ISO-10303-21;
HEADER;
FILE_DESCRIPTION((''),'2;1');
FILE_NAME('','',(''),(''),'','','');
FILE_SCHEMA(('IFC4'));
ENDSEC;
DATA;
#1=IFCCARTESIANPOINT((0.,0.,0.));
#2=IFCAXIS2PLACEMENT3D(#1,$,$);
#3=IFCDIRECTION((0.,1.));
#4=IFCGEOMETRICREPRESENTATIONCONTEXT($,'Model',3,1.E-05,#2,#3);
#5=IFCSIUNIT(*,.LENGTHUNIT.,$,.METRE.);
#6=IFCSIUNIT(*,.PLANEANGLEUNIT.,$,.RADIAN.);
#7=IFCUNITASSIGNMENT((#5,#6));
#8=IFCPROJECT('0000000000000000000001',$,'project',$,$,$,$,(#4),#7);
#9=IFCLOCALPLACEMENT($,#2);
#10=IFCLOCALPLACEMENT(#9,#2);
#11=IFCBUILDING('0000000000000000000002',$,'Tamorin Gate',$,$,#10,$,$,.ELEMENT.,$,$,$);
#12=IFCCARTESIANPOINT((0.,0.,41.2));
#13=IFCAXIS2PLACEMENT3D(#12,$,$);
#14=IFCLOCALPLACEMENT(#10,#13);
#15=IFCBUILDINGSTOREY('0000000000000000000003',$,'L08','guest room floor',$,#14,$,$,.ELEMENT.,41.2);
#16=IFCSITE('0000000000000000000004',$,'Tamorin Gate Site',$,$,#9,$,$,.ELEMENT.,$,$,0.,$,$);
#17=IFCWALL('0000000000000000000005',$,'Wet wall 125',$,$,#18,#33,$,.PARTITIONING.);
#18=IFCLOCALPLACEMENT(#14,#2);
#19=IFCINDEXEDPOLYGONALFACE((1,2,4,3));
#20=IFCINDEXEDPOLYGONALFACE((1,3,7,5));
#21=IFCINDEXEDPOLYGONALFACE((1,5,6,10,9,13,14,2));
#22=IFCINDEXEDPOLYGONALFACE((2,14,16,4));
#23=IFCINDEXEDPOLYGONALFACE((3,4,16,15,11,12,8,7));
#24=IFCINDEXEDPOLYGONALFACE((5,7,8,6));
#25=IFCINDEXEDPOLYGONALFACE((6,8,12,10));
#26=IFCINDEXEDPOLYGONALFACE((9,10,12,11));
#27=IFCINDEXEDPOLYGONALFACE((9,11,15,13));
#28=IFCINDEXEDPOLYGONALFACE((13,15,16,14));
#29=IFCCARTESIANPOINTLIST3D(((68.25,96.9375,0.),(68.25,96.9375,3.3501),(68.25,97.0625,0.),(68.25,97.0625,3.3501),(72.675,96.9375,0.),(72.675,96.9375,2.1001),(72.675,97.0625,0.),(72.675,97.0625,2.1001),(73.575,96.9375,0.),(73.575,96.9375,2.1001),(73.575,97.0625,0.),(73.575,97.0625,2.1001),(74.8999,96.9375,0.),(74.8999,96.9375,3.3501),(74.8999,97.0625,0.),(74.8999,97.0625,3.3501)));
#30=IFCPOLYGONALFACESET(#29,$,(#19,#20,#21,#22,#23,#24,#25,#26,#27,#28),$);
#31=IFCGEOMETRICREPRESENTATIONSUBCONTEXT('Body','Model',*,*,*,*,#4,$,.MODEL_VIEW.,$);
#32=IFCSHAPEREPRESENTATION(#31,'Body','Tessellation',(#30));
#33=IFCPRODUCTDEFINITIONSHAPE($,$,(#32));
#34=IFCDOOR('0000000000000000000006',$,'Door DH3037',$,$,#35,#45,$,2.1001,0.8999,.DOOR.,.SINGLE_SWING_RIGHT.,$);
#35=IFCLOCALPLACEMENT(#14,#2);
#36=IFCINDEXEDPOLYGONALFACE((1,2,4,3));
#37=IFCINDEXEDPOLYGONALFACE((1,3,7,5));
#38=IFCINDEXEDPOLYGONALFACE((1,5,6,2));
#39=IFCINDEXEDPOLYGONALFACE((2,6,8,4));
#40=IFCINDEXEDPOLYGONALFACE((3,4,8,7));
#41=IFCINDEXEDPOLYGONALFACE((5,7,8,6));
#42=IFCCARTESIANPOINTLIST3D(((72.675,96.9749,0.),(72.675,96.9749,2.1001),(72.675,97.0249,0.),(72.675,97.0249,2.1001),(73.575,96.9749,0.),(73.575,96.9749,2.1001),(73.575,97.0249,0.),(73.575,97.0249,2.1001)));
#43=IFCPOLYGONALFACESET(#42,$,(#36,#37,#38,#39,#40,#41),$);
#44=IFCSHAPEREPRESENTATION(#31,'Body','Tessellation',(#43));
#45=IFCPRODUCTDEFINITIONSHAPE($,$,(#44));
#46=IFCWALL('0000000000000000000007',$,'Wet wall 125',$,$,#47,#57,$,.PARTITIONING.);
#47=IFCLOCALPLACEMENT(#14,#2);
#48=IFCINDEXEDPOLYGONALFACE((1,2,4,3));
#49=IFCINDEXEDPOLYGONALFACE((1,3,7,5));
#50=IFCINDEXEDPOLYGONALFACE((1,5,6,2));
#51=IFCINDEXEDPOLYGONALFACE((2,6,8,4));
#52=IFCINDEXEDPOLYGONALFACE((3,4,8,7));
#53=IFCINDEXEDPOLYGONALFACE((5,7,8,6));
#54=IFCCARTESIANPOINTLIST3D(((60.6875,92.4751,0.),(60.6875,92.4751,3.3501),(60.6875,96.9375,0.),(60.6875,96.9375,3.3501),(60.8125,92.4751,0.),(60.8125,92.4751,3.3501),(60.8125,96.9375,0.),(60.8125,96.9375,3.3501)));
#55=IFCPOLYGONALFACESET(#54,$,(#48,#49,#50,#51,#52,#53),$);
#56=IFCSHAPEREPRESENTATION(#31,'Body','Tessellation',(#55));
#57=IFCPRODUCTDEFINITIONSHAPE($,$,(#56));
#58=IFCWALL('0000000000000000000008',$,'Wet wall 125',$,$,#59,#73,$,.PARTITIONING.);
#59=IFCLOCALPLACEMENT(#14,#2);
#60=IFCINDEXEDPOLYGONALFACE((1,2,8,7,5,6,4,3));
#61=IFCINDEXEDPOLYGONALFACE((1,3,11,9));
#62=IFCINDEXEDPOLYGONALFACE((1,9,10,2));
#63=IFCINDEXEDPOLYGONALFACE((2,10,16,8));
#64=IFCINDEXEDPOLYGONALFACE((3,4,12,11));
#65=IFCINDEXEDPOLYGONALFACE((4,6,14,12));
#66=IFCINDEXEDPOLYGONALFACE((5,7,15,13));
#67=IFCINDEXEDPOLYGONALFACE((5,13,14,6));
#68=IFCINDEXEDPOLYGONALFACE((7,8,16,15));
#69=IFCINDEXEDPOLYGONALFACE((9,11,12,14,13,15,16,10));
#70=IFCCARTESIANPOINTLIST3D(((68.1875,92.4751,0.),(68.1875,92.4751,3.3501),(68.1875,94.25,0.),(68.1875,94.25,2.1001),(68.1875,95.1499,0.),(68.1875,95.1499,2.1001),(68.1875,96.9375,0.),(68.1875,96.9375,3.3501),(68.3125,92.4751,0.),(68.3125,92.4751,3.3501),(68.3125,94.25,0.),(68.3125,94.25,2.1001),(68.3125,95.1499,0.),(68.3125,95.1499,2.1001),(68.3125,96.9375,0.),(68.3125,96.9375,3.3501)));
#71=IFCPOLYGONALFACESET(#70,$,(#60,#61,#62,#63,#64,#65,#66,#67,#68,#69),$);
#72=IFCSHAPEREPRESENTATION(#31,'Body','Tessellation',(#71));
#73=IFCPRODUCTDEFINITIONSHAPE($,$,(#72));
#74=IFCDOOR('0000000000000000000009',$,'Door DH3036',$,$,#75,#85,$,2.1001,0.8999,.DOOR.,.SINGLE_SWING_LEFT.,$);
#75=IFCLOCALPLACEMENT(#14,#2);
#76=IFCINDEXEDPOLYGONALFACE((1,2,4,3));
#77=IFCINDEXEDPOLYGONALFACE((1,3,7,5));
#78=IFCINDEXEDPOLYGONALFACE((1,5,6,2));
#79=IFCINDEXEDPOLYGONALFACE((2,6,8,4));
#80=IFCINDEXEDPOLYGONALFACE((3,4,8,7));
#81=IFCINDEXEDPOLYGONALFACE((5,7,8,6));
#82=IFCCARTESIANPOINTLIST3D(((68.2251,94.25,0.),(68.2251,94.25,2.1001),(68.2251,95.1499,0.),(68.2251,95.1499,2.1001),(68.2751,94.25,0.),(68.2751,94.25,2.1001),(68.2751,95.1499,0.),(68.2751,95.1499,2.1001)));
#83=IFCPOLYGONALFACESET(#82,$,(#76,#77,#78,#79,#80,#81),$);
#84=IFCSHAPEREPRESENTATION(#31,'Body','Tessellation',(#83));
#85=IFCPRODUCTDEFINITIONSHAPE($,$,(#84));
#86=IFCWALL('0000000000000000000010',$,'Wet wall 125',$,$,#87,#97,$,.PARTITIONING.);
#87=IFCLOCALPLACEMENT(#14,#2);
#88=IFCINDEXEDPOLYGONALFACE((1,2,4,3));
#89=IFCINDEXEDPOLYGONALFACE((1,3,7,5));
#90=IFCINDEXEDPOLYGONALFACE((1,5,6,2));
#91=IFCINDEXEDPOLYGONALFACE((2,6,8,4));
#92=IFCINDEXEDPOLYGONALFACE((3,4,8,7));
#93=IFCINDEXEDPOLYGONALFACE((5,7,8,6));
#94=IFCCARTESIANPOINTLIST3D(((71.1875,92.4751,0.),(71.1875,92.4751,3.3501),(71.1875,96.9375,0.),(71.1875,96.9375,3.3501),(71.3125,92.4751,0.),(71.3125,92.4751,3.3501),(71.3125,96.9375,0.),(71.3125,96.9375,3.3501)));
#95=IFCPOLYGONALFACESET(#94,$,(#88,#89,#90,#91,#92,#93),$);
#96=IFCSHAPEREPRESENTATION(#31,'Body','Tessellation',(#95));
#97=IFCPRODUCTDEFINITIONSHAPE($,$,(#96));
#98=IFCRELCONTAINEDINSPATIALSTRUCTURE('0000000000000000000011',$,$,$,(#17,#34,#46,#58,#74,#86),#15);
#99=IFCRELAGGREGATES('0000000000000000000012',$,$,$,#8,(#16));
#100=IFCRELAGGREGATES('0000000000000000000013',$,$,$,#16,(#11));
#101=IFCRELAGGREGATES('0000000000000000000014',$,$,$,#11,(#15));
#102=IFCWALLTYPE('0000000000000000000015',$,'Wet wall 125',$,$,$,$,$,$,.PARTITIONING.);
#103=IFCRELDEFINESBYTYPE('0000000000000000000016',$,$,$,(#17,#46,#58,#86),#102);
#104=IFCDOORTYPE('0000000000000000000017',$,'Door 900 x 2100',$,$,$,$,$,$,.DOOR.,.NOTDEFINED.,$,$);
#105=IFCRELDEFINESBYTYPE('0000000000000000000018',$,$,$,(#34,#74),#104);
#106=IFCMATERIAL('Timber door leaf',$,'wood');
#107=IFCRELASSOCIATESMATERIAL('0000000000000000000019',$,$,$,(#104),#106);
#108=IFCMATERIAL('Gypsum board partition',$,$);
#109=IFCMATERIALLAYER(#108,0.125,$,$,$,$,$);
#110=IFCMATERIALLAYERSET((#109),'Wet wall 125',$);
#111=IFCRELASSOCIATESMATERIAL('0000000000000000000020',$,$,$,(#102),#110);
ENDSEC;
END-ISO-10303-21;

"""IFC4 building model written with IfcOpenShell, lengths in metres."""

from ifc_helpers import new_model, si_unit, direction, frame, frame_2d, origin, place, context, subcontext, project, spatial, rectangle, extrude, material, layer, layer_set, type_object, element, fill, save


model = new_model("IFC4")

# Units and contexts
model_context = context("Model", 3, precision=1e-05, world=origin(), true_north=direction((0.0, 1.0)))
body_context = subcontext(model_context, "Body", "Model", "MODEL_VIEW")
ifc_project = project(units=[si_unit("LENGTHUNIT", "METRE"), si_unit("PLANEANGLEUNIT", "RADIAN")], contexts=[model_context])

# Site, building, storey
site_placement = place(None, origin())
site = spatial("IfcSite", under=ifc_project, at=site_placement, Name="Tamorin Gate Site", CompositionType="ELEMENT", RefElevation=0.0)
building_placement = place(site_placement, origin())
building = spatial("IfcBuilding", under=site, at=building_placement, Name="Tamorin Gate", CompositionType="ELEMENT")
storey_placement = place(building_placement, frame((0.0, 0.0, 41.2)))
storey = spatial("IfcBuildingStorey", under=building, at=storey_placement, Name="L08", Description="guest room floor", CompositionType="ELEMENT", Elevation=41.2)

# Shared definitions
ifc_material_1 = material(Name="Gypsum board partition")

# Shared definitions
ifc_material_2 = material(Name="Timber door leaf", Category="wood")
door_type = type_object("IfcDoorType", Name="Door 900 x 2100", OperationType="NOTDEFINED", PredefinedType="DOOR", material=ifc_material_2)

# Wall, opening, door
ifc_layer_1 = layer(ifc_material_1, 0.125)
ifc_layer_set_1 = layer_set([ifc_layer_1], Name="Wet wall 125")
wall_type_1 = type_object("IfcWallType", Name="Wet wall 125", PredefinedType="PARTITIONING", material=ifc_layer_set_1)
wall_1_placement = place(storey_placement, frame((68.25, 97.0, 0.0), z_axis=(0.0, 0.0, 1.0), x_axis=(1.0, 0.0, 0.0)))
wall_1 = element("IfcWall", 1, at=wall_1_placement, inside=storey, type_object=wall_type_1, Name="Wet wall 125", PredefinedType="PARTITIONING", context=body_context, shape_type="SweptSolid", body=[
    extrude(rectangle(XDim=6.6499, YDim=0.125, at=frame_2d((3.325, 0.0))), origin(), (0.0, 0.0, 1.0), 3.3501),
])
opening_1_placement = place(wall_1_placement, frame((4.425, 0.0, 0.0)))
opening_1 = element("IfcOpeningElement", 2, at=opening_1_placement, cuts=wall_1, PredefinedType="OPENING", context=body_context, shape_type="SweptSolid", body=[
    extrude(rectangle(XDim=0.8999, YDim=2.1001, at=frame_2d((0.45, 1.05))), frame((0.0, 0.0725, 0.0), z_axis=(0.0, -1.0, 0.0), x_axis=(1.0, 0.0, 0.0)), (0.0, 0.0, 1.0), 0.145),
])
door_1_placement = place(opening_1_placement, origin())
door_1 = element("IfcDoor", 3, at=door_1_placement, inside=storey, type_object=door_type, Name="Door DH3037", OperationType="SINGLE_SWING_RIGHT", OverallHeight=2.1001, OverallWidth=0.8999, PredefinedType="DOOR", context=body_context, shape_type="SweptSolid", body=[
    extrude(rectangle(XDim=0.8999, YDim=2.1001, at=frame_2d((0.45, 1.05))), frame((0.0, 0.0249, 0.0), z_axis=(0.0, -1.0, 0.0), x_axis=(1.0, 0.0, 0.0)), (0.0, 0.0, 1.0), 0.05),
])
fill(opening_1, door_1)

# Wall
wall_2_placement = place(storey_placement, frame((60.75, 92.4751, 0.0), z_axis=(0.0, 0.0, 1.0), x_axis=(0.0, 1.0, 0.0)))
element("IfcWall", 4, at=wall_2_placement, inside=storey, type_object=wall_type_1, Name="Wet wall 125", PredefinedType="PARTITIONING", context=body_context, shape_type="SweptSolid", body=[
    extrude(rectangle(XDim=4.4624, YDim=0.125, at=frame_2d((2.2312, 0.0))), origin(), (0.0, 0.0, 1.0), 3.3501),
])

# Wall, opening, door
wall_3_placement = place(storey_placement, frame((68.25, 92.4751, 0.0), z_axis=(0.0, 0.0, 1.0), x_axis=(0.0, 1.0, 0.0)))
wall_3 = element("IfcWall", 5, at=wall_3_placement, inside=storey, type_object=wall_type_1, Name="Wet wall 125", PredefinedType="PARTITIONING", context=body_context, shape_type="SweptSolid", body=[
    extrude(rectangle(XDim=4.4624, YDim=0.125, at=frame_2d((2.2312, 0.0))), origin(), (0.0, 0.0, 1.0), 3.3501),
])
opening_2_placement = place(wall_3_placement, frame((1.7749, 0.0, 0.0)))
opening_2 = element("IfcOpeningElement", 6, at=opening_2_placement, cuts=wall_3, PredefinedType="OPENING", context=body_context, shape_type="SweptSolid", body=[
    extrude(rectangle(XDim=0.8999, YDim=2.1001, at=frame_2d((0.45, 1.05))), frame((0.0, 0.0725, 0.0), z_axis=(0.0, -1.0, 0.0), x_axis=(1.0, 0.0, 0.0)), (0.0, 0.0, 1.0), 0.145),
])
door_2_placement = place(opening_2_placement, origin())
door_2 = element("IfcDoor", 7, at=door_2_placement, inside=storey, type_object=door_type, Name="Door DH3036", OperationType="SINGLE_SWING_LEFT", OverallHeight=2.1001, OverallWidth=0.8999, PredefinedType="DOOR", context=body_context, shape_type="SweptSolid", body=[
    extrude(rectangle(XDim=0.8999, YDim=2.1001, at=frame_2d((0.45, 1.05))), frame((0.0, 0.0249, 0.0), z_axis=(0.0, -1.0, 0.0), x_axis=(1.0, 0.0, 0.0)), (0.0, 0.0, 1.0), 0.05),
])
fill(opening_2, door_2)

# Wall
wall_4_placement = place(storey_placement, frame((71.25, 92.4751, 0.0), z_axis=(0.0, 0.0, 1.0), x_axis=(0.0, 1.0, 0.0)))
element("IfcWall", 8, at=wall_4_placement, inside=storey, type_object=wall_type_1, Name="Wet wall 125", PredefinedType="PARTITIONING", context=body_context, shape_type="SweptSolid", body=[
    extrude(rectangle(XDim=4.4624, YDim=0.125, at=frame_2d((2.2312, 0.0))), origin(), (0.0, 0.0, 1.0), 3.3501),
])

save(model, "model.ifc")
